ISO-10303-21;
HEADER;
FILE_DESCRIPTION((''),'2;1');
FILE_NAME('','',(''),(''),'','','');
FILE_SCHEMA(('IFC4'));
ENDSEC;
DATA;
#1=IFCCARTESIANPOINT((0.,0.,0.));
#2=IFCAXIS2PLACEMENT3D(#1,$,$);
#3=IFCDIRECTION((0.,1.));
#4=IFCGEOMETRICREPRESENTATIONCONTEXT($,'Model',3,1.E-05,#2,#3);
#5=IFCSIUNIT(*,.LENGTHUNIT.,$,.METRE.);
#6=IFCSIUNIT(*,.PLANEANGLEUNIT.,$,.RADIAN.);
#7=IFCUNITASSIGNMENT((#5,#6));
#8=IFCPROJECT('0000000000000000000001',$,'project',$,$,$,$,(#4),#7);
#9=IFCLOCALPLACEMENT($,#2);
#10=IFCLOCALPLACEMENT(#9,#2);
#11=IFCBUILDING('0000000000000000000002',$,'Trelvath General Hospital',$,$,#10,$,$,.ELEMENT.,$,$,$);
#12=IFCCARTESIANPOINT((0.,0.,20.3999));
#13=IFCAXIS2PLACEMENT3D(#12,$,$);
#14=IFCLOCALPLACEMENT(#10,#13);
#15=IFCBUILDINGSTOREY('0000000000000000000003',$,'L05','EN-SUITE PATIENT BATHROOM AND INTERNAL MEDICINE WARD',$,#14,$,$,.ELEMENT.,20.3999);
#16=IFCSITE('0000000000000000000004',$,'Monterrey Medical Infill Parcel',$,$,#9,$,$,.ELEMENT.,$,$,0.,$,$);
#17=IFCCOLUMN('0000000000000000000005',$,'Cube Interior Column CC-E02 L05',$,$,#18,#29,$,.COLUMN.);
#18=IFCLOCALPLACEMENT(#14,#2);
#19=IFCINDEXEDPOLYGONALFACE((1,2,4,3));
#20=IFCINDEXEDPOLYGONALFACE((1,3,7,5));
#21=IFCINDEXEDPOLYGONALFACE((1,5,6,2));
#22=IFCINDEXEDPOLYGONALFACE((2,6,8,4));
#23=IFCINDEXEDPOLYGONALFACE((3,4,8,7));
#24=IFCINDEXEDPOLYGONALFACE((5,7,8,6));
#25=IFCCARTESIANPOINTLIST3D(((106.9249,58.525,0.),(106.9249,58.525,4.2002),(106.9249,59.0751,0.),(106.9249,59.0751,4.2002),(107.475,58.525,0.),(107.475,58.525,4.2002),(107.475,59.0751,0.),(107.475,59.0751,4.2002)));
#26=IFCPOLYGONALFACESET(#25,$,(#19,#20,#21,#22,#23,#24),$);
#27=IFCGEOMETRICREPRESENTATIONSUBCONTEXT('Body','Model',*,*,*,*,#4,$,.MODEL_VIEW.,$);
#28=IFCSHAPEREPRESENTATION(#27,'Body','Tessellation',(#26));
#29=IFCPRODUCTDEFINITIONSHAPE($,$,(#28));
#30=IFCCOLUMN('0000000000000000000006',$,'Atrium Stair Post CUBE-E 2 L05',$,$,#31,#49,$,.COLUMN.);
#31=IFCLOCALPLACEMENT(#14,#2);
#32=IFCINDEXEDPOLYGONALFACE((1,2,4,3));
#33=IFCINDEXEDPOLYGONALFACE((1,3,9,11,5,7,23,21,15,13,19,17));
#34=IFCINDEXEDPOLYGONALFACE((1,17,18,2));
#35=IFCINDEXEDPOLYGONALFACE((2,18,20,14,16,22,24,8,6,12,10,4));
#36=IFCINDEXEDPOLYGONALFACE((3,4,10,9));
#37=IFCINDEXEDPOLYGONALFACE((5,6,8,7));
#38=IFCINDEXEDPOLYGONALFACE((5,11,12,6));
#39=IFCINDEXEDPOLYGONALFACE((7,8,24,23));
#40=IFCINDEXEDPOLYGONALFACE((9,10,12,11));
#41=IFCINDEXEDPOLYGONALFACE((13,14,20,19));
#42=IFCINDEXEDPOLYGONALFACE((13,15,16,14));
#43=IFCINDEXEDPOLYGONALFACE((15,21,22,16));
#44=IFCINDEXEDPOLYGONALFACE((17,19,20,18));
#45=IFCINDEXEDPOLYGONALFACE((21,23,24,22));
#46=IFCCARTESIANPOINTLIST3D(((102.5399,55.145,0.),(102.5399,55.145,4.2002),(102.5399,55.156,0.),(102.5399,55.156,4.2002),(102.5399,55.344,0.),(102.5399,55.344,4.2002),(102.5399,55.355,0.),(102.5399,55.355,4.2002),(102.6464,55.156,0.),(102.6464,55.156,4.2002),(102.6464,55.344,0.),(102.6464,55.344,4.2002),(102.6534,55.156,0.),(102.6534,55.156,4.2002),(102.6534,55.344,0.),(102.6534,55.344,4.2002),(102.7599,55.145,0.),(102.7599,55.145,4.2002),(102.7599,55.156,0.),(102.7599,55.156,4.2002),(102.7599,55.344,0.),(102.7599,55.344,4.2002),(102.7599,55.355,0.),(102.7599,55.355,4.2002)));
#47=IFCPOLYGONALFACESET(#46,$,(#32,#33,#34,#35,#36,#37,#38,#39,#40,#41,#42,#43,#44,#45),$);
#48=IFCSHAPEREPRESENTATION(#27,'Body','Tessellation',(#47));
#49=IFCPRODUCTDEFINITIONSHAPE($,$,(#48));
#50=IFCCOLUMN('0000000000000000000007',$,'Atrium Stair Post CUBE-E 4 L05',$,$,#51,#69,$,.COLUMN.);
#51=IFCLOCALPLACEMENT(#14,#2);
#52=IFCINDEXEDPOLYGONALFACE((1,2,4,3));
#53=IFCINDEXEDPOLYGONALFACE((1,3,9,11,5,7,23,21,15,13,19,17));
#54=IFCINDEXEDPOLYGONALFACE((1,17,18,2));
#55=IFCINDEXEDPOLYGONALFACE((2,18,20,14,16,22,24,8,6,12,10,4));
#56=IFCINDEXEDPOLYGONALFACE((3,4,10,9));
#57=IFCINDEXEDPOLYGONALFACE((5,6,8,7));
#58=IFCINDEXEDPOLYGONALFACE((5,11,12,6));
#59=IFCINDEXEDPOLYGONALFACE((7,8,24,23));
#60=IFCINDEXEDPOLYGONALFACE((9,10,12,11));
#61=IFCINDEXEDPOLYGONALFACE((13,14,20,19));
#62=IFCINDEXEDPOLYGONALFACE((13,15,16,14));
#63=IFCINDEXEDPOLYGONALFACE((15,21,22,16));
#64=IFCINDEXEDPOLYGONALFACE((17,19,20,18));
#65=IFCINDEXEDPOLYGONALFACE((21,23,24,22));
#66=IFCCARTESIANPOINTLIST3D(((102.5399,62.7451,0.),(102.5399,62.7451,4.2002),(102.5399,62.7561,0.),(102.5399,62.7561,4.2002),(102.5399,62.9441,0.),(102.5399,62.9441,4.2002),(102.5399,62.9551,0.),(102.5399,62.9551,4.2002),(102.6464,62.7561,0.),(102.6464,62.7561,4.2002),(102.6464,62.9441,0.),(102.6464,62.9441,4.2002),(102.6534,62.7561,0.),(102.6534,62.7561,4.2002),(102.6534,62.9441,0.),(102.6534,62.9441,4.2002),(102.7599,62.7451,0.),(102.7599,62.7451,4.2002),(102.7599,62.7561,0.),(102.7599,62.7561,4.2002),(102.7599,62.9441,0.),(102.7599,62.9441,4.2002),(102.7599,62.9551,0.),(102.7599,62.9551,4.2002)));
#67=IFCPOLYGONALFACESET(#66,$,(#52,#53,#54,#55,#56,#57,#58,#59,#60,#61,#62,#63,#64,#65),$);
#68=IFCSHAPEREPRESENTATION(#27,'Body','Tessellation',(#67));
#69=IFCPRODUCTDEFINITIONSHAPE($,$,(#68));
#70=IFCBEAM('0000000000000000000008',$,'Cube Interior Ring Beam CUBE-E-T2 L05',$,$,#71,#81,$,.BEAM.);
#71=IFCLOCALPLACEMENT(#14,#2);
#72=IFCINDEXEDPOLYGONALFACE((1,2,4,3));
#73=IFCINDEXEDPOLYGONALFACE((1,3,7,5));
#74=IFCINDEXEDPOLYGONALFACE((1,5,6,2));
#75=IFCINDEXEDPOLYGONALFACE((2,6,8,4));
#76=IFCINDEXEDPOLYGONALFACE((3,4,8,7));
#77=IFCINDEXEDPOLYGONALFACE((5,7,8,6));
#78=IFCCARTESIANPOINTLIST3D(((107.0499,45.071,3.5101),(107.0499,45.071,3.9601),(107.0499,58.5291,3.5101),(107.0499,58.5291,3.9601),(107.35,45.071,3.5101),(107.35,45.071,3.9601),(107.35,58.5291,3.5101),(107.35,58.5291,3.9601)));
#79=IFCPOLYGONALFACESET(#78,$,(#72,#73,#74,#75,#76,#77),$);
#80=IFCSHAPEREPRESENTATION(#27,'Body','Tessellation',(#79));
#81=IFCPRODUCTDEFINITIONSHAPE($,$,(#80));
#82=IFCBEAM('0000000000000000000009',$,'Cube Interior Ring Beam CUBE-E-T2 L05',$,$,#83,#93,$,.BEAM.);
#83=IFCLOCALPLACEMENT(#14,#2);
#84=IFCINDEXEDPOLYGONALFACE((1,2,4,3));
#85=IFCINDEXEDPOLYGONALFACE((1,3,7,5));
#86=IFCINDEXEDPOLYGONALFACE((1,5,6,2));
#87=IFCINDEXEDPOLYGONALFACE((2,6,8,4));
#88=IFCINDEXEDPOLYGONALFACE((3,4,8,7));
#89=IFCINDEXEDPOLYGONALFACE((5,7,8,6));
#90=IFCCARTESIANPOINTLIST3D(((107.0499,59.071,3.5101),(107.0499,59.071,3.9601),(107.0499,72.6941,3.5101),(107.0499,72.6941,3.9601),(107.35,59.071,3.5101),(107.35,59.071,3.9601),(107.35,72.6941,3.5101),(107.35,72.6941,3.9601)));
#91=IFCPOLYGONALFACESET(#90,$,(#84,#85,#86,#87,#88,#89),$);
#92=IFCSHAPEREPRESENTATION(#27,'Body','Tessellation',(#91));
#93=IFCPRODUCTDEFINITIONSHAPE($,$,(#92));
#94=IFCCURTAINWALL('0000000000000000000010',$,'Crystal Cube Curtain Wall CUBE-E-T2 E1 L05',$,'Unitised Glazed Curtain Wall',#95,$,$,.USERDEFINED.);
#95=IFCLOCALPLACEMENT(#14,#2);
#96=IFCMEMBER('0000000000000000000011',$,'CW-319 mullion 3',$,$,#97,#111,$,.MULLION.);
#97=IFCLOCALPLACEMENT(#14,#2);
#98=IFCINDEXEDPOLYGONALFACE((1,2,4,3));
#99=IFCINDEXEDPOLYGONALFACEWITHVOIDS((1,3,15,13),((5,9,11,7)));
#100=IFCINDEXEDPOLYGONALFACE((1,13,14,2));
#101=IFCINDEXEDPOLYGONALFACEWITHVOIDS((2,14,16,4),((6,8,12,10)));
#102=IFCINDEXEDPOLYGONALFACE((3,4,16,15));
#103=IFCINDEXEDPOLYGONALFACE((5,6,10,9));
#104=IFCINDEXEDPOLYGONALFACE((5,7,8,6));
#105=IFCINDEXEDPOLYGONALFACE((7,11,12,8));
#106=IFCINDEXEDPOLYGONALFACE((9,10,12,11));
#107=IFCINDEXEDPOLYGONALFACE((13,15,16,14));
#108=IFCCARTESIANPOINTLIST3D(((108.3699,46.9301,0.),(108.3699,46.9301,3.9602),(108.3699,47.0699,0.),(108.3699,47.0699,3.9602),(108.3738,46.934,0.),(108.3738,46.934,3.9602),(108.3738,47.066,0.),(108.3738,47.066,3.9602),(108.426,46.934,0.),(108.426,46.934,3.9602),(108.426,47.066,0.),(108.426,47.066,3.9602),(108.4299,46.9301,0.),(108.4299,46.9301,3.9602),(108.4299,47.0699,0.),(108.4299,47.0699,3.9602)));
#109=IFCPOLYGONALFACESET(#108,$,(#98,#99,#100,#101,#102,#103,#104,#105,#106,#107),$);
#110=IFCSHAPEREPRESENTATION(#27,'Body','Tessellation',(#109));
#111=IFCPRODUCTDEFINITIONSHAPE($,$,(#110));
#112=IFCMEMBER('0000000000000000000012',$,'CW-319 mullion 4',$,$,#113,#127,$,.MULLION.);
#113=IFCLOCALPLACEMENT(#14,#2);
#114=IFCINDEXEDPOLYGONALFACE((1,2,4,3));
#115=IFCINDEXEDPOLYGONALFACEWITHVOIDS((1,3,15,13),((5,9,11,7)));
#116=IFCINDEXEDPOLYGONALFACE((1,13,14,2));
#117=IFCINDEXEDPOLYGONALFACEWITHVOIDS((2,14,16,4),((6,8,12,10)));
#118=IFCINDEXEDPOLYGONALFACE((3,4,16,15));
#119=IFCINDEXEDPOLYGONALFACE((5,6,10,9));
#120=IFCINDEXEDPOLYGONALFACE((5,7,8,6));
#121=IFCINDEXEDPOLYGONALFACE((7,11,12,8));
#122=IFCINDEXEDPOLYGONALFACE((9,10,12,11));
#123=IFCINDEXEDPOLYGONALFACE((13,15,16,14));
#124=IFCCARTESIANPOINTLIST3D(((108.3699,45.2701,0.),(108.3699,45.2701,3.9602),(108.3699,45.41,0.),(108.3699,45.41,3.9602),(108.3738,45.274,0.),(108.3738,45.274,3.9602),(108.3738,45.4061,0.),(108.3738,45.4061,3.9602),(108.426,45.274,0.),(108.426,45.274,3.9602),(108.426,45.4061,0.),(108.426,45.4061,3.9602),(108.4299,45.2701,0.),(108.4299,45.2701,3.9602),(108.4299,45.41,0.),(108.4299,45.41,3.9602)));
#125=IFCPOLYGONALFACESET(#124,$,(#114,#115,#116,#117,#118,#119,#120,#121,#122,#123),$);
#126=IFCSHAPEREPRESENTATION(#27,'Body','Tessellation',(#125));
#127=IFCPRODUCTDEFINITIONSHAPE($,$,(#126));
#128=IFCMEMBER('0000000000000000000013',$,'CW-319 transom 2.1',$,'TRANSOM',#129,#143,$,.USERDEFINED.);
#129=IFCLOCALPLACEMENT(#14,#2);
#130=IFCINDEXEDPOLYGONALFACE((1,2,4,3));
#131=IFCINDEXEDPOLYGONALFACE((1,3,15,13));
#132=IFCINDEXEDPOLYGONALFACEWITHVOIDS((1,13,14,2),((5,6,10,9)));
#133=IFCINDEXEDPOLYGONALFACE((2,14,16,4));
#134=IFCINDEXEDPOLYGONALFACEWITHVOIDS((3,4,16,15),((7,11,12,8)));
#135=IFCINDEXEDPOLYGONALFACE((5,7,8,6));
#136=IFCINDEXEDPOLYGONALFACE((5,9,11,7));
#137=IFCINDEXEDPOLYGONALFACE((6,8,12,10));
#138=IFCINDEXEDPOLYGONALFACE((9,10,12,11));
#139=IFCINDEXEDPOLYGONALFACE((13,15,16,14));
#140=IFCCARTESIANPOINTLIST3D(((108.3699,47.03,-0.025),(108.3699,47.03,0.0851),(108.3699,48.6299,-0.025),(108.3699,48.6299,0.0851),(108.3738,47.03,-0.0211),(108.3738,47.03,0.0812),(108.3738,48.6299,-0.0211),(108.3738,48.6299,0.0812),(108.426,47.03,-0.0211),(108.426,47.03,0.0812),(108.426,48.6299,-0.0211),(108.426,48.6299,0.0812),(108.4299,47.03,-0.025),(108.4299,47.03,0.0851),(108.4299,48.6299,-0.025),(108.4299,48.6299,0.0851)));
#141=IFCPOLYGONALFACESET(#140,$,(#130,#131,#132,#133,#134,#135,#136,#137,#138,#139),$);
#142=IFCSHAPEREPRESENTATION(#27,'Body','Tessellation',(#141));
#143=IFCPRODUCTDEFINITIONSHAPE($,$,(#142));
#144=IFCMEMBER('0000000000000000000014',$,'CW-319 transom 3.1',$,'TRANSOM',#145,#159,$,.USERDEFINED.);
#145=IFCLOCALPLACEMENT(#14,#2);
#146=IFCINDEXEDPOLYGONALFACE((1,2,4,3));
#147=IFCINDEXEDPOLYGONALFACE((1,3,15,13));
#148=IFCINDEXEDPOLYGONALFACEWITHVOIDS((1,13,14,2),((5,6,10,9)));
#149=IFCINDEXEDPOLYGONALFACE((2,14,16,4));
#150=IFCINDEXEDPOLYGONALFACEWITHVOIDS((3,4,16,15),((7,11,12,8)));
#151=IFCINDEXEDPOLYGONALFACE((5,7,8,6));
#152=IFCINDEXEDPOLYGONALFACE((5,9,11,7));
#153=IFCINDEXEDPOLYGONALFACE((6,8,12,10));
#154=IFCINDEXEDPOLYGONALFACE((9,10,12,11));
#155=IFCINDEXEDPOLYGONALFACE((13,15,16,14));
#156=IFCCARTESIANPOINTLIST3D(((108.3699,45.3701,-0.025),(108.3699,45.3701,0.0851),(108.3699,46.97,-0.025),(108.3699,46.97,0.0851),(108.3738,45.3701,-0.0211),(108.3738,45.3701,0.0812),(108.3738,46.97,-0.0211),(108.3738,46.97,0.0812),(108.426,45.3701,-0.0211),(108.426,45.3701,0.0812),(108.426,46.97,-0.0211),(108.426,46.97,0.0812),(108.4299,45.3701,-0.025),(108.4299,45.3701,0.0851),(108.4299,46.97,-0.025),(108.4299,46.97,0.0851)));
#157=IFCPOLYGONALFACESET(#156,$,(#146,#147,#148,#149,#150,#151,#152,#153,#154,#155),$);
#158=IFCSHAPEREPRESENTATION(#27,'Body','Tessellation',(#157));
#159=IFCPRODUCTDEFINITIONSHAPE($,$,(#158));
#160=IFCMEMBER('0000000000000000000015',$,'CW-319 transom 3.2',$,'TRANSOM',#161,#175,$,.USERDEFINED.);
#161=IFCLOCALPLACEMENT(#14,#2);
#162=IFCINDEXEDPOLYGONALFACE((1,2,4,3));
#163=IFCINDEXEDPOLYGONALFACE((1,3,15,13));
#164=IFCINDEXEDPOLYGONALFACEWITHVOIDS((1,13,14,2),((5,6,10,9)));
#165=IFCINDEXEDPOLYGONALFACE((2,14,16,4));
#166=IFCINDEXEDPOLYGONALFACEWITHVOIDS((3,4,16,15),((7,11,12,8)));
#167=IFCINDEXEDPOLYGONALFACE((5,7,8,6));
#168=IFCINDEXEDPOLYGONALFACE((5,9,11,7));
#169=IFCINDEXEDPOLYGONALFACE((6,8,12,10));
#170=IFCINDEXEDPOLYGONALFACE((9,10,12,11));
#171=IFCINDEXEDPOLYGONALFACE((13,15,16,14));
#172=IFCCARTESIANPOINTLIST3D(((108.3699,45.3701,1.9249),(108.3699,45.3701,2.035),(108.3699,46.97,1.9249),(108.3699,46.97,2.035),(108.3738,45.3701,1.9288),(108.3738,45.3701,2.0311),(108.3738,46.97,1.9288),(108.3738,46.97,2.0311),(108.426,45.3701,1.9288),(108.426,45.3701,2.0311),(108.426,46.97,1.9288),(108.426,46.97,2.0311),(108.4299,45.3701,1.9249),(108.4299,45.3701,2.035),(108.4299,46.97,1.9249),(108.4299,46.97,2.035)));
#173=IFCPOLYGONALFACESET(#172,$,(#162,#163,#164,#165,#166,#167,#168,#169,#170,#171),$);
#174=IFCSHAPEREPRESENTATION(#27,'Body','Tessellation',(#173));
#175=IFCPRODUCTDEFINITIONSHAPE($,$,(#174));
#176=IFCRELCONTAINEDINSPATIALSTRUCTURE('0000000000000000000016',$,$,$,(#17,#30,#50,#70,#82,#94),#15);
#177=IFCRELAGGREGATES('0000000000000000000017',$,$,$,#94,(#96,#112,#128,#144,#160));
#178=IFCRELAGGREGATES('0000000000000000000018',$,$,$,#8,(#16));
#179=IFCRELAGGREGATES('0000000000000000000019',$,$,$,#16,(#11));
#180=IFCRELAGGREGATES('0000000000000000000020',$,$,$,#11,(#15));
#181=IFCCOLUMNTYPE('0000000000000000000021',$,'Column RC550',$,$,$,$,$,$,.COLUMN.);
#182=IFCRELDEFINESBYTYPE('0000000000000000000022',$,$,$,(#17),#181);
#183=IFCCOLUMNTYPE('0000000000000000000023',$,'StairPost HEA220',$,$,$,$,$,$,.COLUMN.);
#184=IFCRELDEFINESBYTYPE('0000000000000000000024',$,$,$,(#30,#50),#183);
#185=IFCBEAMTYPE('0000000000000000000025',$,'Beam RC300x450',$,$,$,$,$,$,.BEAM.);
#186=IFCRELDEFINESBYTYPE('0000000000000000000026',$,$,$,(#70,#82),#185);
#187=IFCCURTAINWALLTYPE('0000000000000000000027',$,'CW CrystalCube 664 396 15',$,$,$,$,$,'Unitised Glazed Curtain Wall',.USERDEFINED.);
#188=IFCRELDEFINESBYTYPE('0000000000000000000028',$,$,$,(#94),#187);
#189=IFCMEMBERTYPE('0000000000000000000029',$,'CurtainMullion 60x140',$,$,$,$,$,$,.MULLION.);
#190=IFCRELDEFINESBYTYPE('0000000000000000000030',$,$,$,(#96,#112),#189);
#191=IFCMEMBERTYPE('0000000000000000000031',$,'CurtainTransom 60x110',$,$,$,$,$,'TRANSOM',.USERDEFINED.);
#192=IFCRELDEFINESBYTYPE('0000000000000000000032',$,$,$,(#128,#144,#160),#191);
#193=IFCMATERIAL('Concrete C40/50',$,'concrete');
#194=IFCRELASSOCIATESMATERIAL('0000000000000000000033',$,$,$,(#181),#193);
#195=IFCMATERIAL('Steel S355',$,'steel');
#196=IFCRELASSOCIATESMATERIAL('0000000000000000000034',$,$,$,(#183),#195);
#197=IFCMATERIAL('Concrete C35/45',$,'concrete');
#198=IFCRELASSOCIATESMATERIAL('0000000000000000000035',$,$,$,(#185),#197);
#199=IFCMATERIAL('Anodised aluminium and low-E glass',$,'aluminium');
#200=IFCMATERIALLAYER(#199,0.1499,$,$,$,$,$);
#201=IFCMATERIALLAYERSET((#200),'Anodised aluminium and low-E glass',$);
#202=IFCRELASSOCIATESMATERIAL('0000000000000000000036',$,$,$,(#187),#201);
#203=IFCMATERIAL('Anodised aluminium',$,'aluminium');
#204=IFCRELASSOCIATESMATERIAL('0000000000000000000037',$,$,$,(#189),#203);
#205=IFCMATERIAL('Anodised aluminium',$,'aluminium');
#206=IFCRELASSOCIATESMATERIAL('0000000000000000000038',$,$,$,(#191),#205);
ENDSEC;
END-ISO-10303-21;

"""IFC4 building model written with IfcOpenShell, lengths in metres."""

from ifc_helpers import new_model, si_unit, direction, frame, origin, origin_2d, place, context, subcontext, project, spatial, rectangle, hollow_rectangle, i_section, extrude, material, layer, layer_set, material_profile, profile_set, type_object, element, aggregate, save


model = new_model("IFC4")

# Units and contexts
model_context = context("Model", 3, precision=1e-05, world=origin(), true_north=direction((0.0, 1.0)))
body_context = subcontext(model_context, "Body", "Model", "MODEL_VIEW")
ifc_project = project(units=[si_unit("LENGTHUNIT", "METRE"), si_unit("PLANEANGLEUNIT", "RADIAN")], contexts=[model_context])

# Site, building, storey
site_placement = place(None, origin())
site = spatial("IfcSite", under=ifc_project, at=site_placement, Name="Monterrey Medical Infill Parcel", CompositionType="ELEMENT", RefElevation=0.0)
building_placement = place(site_placement, origin())
building = spatial("IfcBuilding", under=site, at=building_placement, Name="Trelvath General Hospital", CompositionType="ELEMENT")
storey_placement = place(building_placement, frame((0.0, 0.0, 20.3999)))
storey = spatial("IfcBuildingStorey", under=building, at=storey_placement, Name="L05", Description="EN-SUITE PATIENT BATHROOM AND INTERNAL MEDICINE WARD", CompositionType="ELEMENT", Elevation=20.3999)

# Columns
ifc_material_1 = material(Name="Concrete C40/50", Category="concrete")
ifc_material_profile_1 = material_profile(ifc_material_1, rectangle(XDim=0.55, YDim=0.55, at=origin_2d()), Name="RC550x550")
ifc_profile_set_1 = profile_set([ifc_material_profile_1], Name="Concrete C40/50")
column_type_1 = type_object("IfcColumnType", Name="Column RC550", PredefinedType="COLUMN", material=ifc_profile_set_1)
column_placement = place(storey_placement, frame((107.2, 58.8, 0.0), z_axis=(0.0, 0.0, 1.0), x_axis=(1.0, 0.0, 0.0)))
element("IfcColumn", 1, at=column_placement, inside=storey, type_object=column_type_1, Name="Cube Interior Column CC-E02 L05", PredefinedType="COLUMN", context=body_context, shape_type="SweptSolid", body=[
    extrude(rectangle(XDim=0.55, YDim=0.55, at=origin_2d()), origin(), (0.0, 0.0, 1.0), 4.2002),
])
ifc_material_2 = material(Name="Steel S355", Category="steel")
ifc_material_profile_2 = material_profile(ifc_material_2, i_section(OverallWidth=0.22, OverallDepth=0.21, WebThickness=0.0071, FlangeThickness=0.011, at=origin_2d()), Name="HEA220")
ifc_profile_set_2 = profile_set([ifc_material_profile_2], Name="Steel S355")
column_type_2 = type_object("IfcColumnType", Name="StairPost HEA220", PredefinedType="COLUMN", material=ifc_profile_set_2)
for number, where, z_axis, x_axis, name in (
    (2, (102.6499, 55.25, 0.0), (0.0, 0.0, 1.0), (1.0, 0.0, 0.0), "Atrium Stair Post CUBE-E 2 L05"),
    (3, (102.6499, 62.8501, 0.0), (0.0, 0.0, 1.0), (1.0, 0.0, 0.0), "Atrium Stair Post CUBE-E 4 L05"),
):
    element("IfcColumn", number, at=place(storey_placement, frame(where, z_axis=z_axis, x_axis=x_axis)), inside=storey, type_object=column_type_2, Name=name, PredefinedType="COLUMN", context=body_context, shape_type="SweptSolid", body=[
        extrude(i_section(OverallWidth=0.22, OverallDepth=0.21, WebThickness=0.0071, FlangeThickness=0.011, at=origin_2d()), origin(), (0.0, 0.0, 1.0), 4.2002),
    ])

# Beams
ifc_material_3 = material(Name="Concrete C35/45", Category="concrete")
ifc_material_profile_3 = material_profile(ifc_material_3, rectangle(XDim=0.3, YDim=0.45, at=origin_2d()), Name="RCB300x450")
ifc_profile_set_3 = profile_set([ifc_material_profile_3], Name="Concrete C35/45")
beam_type_1 = type_object("IfcBeamType", Name="Beam RC300x450", PredefinedType="BEAM", material=ifc_profile_set_3)
beam_1_placement = place(storey_placement, frame((107.2, 45.071, 3.7351), z_axis=(0.0, 1.0, 0.0), x_axis=(-1.0, 0.0, 0.0)))
element("IfcBeam", 4, at=beam_1_placement, inside=storey, type_object=beam_type_1, Name="Cube Interior Ring Beam CUBE-E-T2 L05", PredefinedType="BEAM", context=body_context, shape_type="SweptSolid", body=[
    extrude(rectangle(XDim=0.3, YDim=0.45, at=origin_2d()), origin(), (0.0, 0.0, 1.0), 13.458),
])
beam_2_placement = place(storey_placement, frame((107.2, 59.071, 3.7351), z_axis=(0.0, 1.0, 0.0), x_axis=(-1.0, 0.0, 0.0)))
element("IfcBeam", 5, at=beam_2_placement, inside=storey, type_object=beam_type_1, Name="Cube Interior Ring Beam CUBE-E-T2 L05", PredefinedType="BEAM", context=body_context, shape_type="SweptSolid", body=[
    extrude(rectangle(XDim=0.3, YDim=0.45, at=origin_2d()), origin(), (0.0, 0.0, 1.0), 13.623),
])

# Curtain wall, members
ifc_material_4 = material(Name="Anodised aluminium and low-E glass", Category="aluminium")
ifc_layer_1 = layer(ifc_material_4, 0.1499)
ifc_layer_set_1 = layer_set([ifc_layer_1], Name="Anodised aluminium and low-E glass")
curtain_wall_type = type_object("IfcCurtainWallType", Name="CW CrystalCube 664 396 15", ElementType="Unitised Glazed Curtain Wall", PredefinedType="USERDEFINED", material=ifc_layer_set_1)
curtain_wall_placement = place(storey_placement, origin())
curtain_wall = element("IfcCurtainWall", 6, at=curtain_wall_placement, inside=storey, type_object=curtain_wall_type, Name="Crystal Cube Curtain Wall CUBE-E-T2 E1 L05", ObjectType="Unitised Glazed Curtain Wall", PredefinedType="USERDEFINED")
ifc_material_5 = material(Name="Anodised aluminium", Category="aluminium")
ifc_material_profile_4 = material_profile(ifc_material_5, hollow_rectangle(XDim=0.0601, YDim=0.1399, WallThickness=0.0039, at=origin_2d()), Name="RHS60x140x4")
ifc_profile_set_4 = profile_set([ifc_material_profile_4], Name="Anodised aluminium")
member_type_1 = type_object("IfcMemberType", Name="CurtainMullion 60x140", PredefinedType="MULLION", material=ifc_profile_set_4)
member_1_placement = place(storey_placement, frame((108.3999, 47.0, 0.0), z_axis=(0.0, 0.0, 1.0), x_axis=(1.0, 0.0, 0.0)))
member_1 = element("IfcMember", 7, at=member_1_placement, type_object=member_type_1, Name="CW-319 mullion 3", PredefinedType="MULLION", context=body_context, shape_type="SweptSolid", body=[
    extrude(hollow_rectangle(XDim=0.0601, YDim=0.1399, WallThickness=0.0039, at=origin_2d()), origin(), (0.0, 0.0, 1.0), 3.9602),
])
member_2_placement = place(storey_placement, frame((108.3999, 45.3401, 0.0), z_axis=(0.0, 0.0, 1.0), x_axis=(1.0, 0.0, 0.0)))
member_2 = element("IfcMember", 8, at=member_2_placement, type_object=member_type_1, Name="CW-319 mullion 4", PredefinedType="MULLION", context=body_context, shape_type="SweptSolid", body=[
    extrude(hollow_rectangle(XDim=0.0601, YDim=0.1399, WallThickness=0.0039, at=origin_2d()), origin(), (0.0, 0.0, 1.0), 3.9602),
])
ifc_material_6 = material(Name="Anodised aluminium", Category="aluminium")
ifc_material_profile_5 = material_profile(ifc_material_6, hollow_rectangle(XDim=0.0601, YDim=0.1101, WallThickness=0.0039, at=origin_2d()), Name="RHS60x110x4")
ifc_profile_set_5 = profile_set([ifc_material_profile_5], Name="Anodised aluminium")
member_type_2 = type_object("IfcMemberType", Name="CurtainTransom 60x110", ElementType="TRANSOM", PredefinedType="USERDEFINED", material=ifc_profile_set_5)
member_3_placement = place(storey_placement, frame((108.3999, 48.6299, 0.03), z_axis=(0.0, -1.0, 0.0), x_axis=(1.0, 0.0, 0.0)))
member_3 = element("IfcMember", 9, at=member_3_placement, type_object=member_type_2, Name="CW-319 transom 2.1", ObjectType="TRANSOM", PredefinedType="USERDEFINED", context=body_context, shape_type="SweptSolid", body=[
    extrude(hollow_rectangle(XDim=0.0601, YDim=0.1101, WallThickness=0.0039, at=origin_2d()), origin(), (0.0, 0.0, 1.0), 1.5999),
])
member_4_placement = place(storey_placement, frame((108.3999, 46.97, 0.03), z_axis=(0.0, -1.0, 0.0), x_axis=(1.0, 0.0, 0.0)))
member_4 = element("IfcMember", 10, at=member_4_placement, type_object=member_type_2, Name="CW-319 transom 3.1", ObjectType="TRANSOM", PredefinedType="USERDEFINED", context=body_context, shape_type="SweptSolid", body=[
    extrude(hollow_rectangle(XDim=0.0601, YDim=0.1101, WallThickness=0.0039, at=origin_2d()), origin(), (0.0, 0.0, 1.0), 1.5999),
])
member_5_placement = place(storey_placement, frame((108.3999, 46.97, 1.98), z_axis=(0.0, -1.0, 0.0), x_axis=(1.0, 0.0, 0.0)))
member_5 = element("IfcMember", 11, at=member_5_placement, type_object=member_type_2, Name="CW-319 transom 3.2", ObjectType="TRANSOM", PredefinedType="USERDEFINED", context=body_context, shape_type="SweptSolid", body=[
    extrude(hollow_rectangle(XDim=0.0601, YDim=0.1101, WallThickness=0.0039, at=origin_2d()), origin(), (0.0, 0.0, 1.0), 1.5999),
])

aggregate(curtain_wall, [member_1, member_2, member_3, member_4, member_5])

save(model, "model.ifc")
